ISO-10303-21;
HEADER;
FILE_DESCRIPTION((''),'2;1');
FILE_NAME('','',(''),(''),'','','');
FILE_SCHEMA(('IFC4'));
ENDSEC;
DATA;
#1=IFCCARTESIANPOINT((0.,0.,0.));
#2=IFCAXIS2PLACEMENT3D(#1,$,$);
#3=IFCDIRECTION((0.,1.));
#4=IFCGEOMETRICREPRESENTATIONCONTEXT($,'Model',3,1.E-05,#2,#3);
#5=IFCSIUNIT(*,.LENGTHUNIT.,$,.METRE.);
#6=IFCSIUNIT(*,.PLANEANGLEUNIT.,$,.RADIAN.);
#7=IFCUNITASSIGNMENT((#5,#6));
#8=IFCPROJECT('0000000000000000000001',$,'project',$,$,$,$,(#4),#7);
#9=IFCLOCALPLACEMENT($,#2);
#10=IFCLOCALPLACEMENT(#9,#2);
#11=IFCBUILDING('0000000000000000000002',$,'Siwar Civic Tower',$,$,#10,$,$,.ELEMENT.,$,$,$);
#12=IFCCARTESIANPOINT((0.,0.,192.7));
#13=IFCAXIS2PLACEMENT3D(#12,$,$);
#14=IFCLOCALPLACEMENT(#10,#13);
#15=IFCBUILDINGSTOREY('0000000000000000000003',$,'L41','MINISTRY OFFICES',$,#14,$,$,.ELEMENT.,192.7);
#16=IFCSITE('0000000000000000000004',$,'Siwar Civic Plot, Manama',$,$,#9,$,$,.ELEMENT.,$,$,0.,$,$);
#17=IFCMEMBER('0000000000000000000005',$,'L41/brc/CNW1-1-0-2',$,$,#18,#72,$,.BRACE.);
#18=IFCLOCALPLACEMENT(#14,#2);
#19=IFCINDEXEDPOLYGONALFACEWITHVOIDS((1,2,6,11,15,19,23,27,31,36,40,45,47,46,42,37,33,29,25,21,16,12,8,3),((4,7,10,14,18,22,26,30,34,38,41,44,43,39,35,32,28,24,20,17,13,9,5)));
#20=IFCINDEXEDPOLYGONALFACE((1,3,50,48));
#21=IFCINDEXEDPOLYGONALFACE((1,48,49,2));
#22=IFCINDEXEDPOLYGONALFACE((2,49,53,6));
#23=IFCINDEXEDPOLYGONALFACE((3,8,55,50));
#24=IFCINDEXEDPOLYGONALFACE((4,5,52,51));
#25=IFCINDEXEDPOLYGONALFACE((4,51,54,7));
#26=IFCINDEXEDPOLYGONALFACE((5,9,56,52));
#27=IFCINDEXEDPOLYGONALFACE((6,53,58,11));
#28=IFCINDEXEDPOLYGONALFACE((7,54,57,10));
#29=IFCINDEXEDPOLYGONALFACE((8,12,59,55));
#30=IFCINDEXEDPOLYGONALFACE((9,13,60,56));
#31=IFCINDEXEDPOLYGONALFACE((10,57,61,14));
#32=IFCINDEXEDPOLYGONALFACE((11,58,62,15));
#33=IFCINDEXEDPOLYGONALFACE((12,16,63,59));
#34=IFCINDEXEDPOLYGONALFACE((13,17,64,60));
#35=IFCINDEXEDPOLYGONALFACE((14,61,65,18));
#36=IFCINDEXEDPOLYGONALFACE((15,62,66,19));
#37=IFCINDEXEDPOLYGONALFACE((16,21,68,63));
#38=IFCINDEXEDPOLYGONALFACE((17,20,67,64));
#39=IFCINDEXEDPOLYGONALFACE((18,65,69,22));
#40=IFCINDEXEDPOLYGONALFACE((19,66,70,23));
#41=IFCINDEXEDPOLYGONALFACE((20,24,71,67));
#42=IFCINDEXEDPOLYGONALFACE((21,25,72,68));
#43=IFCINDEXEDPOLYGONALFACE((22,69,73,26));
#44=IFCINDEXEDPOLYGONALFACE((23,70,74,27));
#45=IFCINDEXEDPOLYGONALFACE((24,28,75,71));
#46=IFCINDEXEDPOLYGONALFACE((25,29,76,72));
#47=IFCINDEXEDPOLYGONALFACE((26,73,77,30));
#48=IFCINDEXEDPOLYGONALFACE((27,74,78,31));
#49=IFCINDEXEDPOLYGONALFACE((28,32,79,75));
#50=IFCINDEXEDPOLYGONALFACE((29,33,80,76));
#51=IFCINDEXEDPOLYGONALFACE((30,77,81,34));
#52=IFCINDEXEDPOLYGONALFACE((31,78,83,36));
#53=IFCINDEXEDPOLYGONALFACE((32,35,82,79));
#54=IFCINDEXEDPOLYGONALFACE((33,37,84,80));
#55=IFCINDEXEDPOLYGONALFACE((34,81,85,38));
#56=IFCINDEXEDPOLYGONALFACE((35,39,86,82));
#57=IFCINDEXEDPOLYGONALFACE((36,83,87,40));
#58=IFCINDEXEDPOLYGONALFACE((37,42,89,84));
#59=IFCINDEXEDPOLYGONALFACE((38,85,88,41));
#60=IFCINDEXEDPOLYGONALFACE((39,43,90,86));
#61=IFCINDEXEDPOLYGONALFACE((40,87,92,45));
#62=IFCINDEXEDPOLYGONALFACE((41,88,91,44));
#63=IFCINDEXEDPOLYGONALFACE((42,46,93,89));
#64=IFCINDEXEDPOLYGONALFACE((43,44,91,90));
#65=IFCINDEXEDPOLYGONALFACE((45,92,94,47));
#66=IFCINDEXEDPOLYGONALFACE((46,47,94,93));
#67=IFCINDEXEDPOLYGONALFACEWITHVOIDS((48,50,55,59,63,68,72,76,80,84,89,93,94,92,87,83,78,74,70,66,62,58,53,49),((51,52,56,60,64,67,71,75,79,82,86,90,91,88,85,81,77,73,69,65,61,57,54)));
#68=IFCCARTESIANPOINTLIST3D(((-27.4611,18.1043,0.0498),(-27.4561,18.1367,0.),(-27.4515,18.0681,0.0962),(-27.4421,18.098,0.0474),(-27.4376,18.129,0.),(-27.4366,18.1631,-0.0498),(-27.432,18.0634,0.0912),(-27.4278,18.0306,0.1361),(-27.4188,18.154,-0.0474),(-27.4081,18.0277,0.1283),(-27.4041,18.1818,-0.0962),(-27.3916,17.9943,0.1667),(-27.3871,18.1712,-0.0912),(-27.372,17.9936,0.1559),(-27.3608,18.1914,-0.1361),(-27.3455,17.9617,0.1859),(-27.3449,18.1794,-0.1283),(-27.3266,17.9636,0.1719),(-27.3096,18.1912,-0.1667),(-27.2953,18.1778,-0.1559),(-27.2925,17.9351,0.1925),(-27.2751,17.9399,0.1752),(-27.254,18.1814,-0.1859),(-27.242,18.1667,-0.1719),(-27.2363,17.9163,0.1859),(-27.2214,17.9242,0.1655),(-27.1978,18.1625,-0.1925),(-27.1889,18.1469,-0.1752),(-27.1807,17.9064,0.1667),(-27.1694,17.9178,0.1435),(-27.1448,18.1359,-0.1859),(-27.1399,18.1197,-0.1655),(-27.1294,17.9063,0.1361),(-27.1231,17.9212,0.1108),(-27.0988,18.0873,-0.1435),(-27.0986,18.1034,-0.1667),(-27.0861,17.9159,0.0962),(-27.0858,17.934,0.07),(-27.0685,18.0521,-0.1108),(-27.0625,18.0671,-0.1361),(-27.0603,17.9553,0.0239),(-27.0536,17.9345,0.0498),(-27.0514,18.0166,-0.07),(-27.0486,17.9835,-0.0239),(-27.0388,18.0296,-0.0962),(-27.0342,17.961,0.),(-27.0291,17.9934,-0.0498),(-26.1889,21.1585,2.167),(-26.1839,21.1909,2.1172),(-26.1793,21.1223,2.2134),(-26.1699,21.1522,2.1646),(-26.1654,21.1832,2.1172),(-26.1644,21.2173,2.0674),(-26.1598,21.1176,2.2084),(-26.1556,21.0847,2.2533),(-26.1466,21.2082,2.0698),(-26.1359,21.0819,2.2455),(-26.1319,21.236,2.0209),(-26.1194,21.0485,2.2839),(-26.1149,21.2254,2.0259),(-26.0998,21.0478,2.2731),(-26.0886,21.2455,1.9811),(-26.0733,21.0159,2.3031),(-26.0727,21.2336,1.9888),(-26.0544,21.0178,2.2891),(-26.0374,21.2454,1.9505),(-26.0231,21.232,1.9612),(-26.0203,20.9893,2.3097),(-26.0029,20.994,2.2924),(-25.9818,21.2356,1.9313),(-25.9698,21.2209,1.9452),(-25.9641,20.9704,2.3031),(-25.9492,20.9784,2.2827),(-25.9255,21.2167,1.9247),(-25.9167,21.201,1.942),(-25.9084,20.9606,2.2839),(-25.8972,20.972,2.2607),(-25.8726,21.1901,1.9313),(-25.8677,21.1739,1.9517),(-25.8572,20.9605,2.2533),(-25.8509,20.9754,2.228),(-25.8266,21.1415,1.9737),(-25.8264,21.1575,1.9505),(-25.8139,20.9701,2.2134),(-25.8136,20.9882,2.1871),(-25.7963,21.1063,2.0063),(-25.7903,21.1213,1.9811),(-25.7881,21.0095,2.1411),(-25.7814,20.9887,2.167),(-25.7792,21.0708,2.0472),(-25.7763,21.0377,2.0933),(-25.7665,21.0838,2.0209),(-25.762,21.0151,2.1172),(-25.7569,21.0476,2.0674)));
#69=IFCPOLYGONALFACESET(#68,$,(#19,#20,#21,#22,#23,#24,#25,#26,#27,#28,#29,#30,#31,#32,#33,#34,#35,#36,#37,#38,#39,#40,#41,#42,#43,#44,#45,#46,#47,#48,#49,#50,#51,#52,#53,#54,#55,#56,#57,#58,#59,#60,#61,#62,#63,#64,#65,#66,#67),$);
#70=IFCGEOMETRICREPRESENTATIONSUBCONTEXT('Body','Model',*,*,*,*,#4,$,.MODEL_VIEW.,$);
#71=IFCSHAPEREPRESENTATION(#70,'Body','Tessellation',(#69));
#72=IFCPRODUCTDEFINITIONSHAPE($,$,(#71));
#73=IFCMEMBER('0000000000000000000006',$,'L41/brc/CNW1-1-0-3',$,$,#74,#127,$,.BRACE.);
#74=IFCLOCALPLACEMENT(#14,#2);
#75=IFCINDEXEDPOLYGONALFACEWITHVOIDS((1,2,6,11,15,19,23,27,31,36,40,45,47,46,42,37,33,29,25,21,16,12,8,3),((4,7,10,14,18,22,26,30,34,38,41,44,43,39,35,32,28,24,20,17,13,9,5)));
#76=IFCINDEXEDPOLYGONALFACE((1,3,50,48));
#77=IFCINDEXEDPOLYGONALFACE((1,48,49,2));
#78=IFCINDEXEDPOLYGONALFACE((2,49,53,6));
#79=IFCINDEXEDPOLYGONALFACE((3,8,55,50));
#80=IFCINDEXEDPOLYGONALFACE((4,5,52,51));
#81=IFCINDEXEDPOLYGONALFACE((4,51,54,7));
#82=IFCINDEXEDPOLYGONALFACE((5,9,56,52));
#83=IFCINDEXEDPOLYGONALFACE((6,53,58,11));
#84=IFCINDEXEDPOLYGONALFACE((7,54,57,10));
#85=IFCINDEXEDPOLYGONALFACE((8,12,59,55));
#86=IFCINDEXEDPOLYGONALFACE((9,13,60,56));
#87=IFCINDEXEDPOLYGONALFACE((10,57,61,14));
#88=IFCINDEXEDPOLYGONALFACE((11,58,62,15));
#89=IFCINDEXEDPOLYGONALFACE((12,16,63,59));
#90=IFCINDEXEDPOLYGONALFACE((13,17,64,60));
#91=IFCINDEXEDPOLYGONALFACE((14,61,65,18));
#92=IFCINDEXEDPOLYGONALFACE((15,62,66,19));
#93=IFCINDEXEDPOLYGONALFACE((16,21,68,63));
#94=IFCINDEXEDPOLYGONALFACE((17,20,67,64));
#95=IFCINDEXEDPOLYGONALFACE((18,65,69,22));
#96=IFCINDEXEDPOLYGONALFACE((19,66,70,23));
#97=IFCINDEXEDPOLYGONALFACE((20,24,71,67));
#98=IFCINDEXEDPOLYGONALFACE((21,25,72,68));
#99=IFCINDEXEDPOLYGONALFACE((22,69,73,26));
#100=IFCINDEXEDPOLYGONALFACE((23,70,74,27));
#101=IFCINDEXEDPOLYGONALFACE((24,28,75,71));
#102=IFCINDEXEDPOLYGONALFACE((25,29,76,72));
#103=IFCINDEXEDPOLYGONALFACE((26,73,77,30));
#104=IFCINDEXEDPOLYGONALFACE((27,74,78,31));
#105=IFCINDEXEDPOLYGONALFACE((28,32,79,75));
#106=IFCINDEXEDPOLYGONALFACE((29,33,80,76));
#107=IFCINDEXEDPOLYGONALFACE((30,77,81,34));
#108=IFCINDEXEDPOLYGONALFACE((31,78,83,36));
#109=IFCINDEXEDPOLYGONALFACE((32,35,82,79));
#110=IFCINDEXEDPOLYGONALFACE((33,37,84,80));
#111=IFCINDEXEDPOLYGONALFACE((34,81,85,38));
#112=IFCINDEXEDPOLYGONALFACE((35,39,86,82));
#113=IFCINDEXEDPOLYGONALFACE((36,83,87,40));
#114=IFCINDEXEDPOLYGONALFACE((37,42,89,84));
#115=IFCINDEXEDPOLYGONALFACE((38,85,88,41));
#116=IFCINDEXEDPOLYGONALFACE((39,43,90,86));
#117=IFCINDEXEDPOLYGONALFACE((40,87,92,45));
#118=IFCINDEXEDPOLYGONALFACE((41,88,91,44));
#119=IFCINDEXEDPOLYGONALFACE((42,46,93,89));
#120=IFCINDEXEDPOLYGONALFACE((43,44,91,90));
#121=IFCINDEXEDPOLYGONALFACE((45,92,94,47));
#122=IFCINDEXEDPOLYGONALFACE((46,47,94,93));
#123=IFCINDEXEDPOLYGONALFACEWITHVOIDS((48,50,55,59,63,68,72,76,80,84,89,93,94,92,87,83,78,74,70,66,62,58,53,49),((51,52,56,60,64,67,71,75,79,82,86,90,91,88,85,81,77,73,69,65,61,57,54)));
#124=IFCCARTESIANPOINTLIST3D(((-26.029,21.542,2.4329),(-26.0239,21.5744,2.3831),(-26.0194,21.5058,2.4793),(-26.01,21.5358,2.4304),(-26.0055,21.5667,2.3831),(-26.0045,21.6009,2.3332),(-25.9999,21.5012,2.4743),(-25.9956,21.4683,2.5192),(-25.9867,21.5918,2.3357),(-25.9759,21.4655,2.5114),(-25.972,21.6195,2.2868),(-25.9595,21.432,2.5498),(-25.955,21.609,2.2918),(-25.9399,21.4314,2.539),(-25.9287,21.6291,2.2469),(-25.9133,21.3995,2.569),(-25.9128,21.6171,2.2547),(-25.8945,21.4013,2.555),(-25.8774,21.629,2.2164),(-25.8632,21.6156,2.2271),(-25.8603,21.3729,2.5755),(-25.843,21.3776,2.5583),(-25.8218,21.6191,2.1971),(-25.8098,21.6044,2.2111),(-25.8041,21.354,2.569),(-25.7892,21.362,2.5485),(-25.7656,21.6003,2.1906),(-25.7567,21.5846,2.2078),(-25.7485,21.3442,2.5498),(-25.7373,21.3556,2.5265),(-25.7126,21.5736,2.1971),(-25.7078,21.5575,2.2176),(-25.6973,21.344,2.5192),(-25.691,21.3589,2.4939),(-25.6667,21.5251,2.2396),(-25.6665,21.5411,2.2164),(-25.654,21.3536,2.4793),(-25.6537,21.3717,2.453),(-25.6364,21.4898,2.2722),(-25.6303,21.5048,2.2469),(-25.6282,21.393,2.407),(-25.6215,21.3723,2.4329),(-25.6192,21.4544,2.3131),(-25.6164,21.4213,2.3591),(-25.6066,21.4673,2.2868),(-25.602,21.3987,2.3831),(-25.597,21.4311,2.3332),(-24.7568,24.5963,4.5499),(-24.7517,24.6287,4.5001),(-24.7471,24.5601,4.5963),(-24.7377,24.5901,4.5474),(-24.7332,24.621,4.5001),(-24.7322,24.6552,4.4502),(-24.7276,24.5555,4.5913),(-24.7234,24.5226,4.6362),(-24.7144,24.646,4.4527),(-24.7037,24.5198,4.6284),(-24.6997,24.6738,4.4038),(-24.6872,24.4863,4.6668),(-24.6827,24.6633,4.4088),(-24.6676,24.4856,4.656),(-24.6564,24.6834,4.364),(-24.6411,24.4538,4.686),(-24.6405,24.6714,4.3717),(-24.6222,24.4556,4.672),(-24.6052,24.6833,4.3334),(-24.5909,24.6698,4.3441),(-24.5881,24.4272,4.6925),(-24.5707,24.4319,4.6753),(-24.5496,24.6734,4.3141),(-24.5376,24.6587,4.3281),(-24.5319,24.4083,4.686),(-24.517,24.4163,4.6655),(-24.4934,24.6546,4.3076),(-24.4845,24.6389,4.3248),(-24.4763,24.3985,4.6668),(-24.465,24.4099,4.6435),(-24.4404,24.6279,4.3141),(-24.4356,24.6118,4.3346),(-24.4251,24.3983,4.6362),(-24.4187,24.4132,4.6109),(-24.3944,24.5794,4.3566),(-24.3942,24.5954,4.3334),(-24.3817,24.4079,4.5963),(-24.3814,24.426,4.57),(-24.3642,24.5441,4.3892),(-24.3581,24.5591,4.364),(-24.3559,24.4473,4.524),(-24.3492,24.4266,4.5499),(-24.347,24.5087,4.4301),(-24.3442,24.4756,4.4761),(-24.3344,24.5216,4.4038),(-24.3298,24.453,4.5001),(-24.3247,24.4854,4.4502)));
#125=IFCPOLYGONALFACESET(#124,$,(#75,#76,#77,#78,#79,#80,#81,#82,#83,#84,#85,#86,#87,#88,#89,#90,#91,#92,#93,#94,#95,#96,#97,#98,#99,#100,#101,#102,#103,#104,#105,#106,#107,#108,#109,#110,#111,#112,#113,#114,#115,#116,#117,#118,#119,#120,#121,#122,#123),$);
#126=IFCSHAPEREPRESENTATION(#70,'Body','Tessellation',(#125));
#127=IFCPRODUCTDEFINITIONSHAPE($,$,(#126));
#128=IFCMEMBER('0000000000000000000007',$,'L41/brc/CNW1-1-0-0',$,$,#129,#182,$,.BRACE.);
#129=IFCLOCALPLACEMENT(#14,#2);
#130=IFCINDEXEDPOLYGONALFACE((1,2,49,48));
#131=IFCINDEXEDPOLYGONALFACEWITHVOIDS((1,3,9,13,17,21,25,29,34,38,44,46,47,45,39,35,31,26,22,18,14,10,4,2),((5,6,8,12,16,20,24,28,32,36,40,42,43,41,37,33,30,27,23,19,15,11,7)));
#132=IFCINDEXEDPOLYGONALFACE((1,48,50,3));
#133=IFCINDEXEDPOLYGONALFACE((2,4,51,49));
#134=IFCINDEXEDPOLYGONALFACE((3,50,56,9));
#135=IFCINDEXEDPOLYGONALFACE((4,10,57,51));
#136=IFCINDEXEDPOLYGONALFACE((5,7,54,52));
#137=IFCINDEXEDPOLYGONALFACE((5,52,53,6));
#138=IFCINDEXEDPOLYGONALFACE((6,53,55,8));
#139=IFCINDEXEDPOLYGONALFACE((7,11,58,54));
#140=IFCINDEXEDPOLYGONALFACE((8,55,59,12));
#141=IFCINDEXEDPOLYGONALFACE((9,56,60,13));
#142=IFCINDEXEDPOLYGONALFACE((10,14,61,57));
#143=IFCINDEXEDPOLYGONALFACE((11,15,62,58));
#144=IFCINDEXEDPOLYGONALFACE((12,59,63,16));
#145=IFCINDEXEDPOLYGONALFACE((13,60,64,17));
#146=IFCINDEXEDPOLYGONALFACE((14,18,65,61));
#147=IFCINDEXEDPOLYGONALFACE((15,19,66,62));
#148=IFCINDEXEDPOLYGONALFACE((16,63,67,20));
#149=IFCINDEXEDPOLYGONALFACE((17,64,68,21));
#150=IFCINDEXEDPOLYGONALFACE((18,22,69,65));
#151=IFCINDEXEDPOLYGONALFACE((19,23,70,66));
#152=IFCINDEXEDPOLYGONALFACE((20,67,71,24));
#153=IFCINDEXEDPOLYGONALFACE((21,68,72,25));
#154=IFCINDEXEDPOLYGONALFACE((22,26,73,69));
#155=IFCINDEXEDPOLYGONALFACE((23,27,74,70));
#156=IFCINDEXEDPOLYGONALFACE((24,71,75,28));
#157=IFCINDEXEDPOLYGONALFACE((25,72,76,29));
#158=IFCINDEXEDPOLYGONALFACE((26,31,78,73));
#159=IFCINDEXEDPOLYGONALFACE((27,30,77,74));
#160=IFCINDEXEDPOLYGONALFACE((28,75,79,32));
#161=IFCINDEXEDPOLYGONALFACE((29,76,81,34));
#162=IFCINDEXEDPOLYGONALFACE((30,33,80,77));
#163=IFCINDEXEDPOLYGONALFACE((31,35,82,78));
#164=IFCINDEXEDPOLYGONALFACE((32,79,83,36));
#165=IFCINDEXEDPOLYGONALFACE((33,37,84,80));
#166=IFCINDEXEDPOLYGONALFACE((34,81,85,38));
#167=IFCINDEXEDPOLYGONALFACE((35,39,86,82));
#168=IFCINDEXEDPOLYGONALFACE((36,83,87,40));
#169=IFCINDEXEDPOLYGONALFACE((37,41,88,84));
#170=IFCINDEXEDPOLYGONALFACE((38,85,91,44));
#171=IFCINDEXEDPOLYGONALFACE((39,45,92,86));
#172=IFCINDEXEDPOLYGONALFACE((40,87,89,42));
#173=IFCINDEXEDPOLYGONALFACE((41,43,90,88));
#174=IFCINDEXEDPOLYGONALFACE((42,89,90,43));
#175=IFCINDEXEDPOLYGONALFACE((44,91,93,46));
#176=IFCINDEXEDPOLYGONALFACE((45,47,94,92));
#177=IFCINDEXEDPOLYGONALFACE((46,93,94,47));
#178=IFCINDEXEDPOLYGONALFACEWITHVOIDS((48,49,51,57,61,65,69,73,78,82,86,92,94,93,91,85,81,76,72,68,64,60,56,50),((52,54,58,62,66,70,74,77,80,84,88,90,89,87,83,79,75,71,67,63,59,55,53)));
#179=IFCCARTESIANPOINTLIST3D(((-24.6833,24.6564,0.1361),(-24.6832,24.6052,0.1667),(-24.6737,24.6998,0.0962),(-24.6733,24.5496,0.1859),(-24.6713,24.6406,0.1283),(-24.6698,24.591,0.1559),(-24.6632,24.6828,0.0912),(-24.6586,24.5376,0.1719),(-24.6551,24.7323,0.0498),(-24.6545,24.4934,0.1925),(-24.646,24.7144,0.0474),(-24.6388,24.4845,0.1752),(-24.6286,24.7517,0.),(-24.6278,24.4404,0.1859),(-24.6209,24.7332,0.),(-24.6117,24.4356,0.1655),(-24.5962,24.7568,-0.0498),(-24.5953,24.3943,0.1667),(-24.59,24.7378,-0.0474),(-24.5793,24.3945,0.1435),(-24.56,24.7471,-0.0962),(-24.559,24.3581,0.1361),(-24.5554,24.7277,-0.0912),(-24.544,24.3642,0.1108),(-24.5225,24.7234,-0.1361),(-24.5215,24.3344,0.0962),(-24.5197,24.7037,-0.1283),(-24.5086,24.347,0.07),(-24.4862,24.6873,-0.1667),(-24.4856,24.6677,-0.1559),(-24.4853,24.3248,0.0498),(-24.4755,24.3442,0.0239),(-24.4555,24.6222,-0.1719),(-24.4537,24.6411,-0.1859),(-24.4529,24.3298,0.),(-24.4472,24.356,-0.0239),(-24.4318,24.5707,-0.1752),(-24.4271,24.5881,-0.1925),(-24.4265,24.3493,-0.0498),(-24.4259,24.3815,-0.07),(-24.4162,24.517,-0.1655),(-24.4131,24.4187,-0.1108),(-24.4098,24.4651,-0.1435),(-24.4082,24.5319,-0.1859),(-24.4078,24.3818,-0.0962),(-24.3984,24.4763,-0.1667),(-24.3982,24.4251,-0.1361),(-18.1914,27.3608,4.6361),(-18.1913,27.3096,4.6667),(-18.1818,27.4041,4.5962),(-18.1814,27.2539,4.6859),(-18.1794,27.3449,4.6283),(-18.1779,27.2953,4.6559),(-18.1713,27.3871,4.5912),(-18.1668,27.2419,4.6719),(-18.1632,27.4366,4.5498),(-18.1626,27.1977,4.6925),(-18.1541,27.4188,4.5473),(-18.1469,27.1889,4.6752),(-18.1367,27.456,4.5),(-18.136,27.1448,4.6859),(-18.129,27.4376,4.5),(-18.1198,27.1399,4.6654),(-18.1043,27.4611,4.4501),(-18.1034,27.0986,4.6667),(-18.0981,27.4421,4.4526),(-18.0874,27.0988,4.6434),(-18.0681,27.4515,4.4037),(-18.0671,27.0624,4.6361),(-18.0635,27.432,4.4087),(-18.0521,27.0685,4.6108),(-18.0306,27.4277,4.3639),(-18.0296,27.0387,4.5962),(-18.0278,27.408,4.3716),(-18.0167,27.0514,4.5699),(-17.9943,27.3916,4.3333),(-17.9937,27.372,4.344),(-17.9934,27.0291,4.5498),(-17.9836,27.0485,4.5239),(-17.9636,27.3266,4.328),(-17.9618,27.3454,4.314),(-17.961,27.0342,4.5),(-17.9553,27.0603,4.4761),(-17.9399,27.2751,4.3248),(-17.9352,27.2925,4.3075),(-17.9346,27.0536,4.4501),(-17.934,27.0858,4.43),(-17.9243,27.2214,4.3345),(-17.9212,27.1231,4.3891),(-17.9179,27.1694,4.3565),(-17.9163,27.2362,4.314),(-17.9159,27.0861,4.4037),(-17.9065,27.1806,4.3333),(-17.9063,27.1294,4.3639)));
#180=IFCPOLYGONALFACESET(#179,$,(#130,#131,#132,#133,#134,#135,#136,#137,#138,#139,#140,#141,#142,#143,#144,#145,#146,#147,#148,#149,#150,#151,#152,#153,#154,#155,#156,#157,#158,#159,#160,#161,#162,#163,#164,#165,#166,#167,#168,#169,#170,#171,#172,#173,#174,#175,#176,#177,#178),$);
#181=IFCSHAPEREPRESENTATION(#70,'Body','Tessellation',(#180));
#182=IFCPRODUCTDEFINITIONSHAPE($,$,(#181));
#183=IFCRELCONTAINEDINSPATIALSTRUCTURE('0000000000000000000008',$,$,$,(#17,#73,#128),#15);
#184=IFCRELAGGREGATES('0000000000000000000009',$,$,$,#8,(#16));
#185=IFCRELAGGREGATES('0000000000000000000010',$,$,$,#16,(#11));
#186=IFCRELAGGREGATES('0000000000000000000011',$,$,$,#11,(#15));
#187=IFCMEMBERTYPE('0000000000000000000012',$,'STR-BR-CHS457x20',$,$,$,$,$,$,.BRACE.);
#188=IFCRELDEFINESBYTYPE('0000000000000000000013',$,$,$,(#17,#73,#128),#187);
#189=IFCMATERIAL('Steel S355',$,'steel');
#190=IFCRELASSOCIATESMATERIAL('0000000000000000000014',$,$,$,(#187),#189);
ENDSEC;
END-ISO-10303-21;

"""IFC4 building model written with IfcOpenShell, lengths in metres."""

from ifc_helpers import new_model, si_unit, direction, frame, origin, origin_2d, place, context, subcontext, project, spatial, hollow_circle, extrude, material, material_profile, profile_set, type_object, element, save


model = new_model("IFC4")

# Units and contexts
model_context = context("Model", 3, precision=1e-05, world=origin(), true_north=direction((0.0, 1.0)))
body_context = subcontext(model_context, "Body", "Model", "MODEL_VIEW")
ifc_project = project(units=[si_unit("LENGTHUNIT", "METRE"), si_unit("PLANEANGLEUNIT", "RADIAN")], contexts=[model_context])

# Site, building, storey
site_placement = place(None, origin())
site = spatial("IfcSite", under=ifc_project, at=site_placement, Name="Siwar Civic Plot, Manama", CompositionType="ELEMENT", RefElevation=0.0)
building_placement = place(site_placement, origin())
building = spatial("IfcBuilding", under=site, at=building_placement, Name="Siwar Civic Tower", CompositionType="ELEMENT")
storey_placement = place(building_placement, frame((0.0, 0.0, 192.7)))
storey = spatial("IfcBuildingStorey", under=building, at=storey_placement, Name="L41", Description="MINISTRY OFFICES", CompositionType="ELEMENT", Elevation=192.7)

# Members
ifc_material_1 = material(Name="Steel S355", Category="steel")
ifc_material_profile_1 = material_profile(ifc_material_1, hollow_circle(Radius=0.2285, WallThickness=0.02, at=origin_2d()), Name="CHS457x20")
ifc_profile_set_1 = profile_set([ifc_material_profile_1], Name="Steel S355")
member_type_1 = type_object("IfcMemberType", Name="STR-BR-CHS457x20", PredefinedType="BRACE", material=ifc_profile_set_1)
for number, where, z_axis, x_axis, name in (
    (1, (-27.2451, 18.0488, 0.0), (0.323884, 0.777546, 0.538999), (-0.923116, 0.384521, 0.0), "L41/brc/CNW1-1-0-2"),
    (2, (-25.813, 21.4866, 2.3831), (0.323895, 0.777572, 0.538955), (-0.923116, 0.384521, 0.0), "L41/brc/CNW1-1-0-3"),
):
    element("IfcMember", number, at=place(storey_placement, frame(where, z_axis=z_axis, x_axis=x_axis)), inside=storey, type_object=member_type_1, Name=name, PredefinedType="BRACE", context=body_context, shape_type="SweptSolid", body=[
        extrude(hollow_circle(Radius=0.2285, WallThickness=0.02, at=origin_2d()), origin(), (0.0, 0.0, 1.0), 3.928),
    ])
member_1_placement = place(storey_placement, frame((-24.5408, 24.5408, 0.0), z_axis=(0.777555, 0.323906, 0.538975), x_axis=(-0.384539, 0.923109, 0.0)))
element("IfcMember", 3, at=member_1_placement, inside=storey, type_object=member_type_1, Name="L41/brc/CNW1-1-0-0", PredefinedType="BRACE", context=body_context, shape_type="SweptSolid", body=[
    extrude(hollow_circle(Radius=0.2285, WallThickness=0.02, at=origin_2d()), origin(), (0.0, 0.0, 1.0), 8.3491),
])

save(model, "model.ifc")
